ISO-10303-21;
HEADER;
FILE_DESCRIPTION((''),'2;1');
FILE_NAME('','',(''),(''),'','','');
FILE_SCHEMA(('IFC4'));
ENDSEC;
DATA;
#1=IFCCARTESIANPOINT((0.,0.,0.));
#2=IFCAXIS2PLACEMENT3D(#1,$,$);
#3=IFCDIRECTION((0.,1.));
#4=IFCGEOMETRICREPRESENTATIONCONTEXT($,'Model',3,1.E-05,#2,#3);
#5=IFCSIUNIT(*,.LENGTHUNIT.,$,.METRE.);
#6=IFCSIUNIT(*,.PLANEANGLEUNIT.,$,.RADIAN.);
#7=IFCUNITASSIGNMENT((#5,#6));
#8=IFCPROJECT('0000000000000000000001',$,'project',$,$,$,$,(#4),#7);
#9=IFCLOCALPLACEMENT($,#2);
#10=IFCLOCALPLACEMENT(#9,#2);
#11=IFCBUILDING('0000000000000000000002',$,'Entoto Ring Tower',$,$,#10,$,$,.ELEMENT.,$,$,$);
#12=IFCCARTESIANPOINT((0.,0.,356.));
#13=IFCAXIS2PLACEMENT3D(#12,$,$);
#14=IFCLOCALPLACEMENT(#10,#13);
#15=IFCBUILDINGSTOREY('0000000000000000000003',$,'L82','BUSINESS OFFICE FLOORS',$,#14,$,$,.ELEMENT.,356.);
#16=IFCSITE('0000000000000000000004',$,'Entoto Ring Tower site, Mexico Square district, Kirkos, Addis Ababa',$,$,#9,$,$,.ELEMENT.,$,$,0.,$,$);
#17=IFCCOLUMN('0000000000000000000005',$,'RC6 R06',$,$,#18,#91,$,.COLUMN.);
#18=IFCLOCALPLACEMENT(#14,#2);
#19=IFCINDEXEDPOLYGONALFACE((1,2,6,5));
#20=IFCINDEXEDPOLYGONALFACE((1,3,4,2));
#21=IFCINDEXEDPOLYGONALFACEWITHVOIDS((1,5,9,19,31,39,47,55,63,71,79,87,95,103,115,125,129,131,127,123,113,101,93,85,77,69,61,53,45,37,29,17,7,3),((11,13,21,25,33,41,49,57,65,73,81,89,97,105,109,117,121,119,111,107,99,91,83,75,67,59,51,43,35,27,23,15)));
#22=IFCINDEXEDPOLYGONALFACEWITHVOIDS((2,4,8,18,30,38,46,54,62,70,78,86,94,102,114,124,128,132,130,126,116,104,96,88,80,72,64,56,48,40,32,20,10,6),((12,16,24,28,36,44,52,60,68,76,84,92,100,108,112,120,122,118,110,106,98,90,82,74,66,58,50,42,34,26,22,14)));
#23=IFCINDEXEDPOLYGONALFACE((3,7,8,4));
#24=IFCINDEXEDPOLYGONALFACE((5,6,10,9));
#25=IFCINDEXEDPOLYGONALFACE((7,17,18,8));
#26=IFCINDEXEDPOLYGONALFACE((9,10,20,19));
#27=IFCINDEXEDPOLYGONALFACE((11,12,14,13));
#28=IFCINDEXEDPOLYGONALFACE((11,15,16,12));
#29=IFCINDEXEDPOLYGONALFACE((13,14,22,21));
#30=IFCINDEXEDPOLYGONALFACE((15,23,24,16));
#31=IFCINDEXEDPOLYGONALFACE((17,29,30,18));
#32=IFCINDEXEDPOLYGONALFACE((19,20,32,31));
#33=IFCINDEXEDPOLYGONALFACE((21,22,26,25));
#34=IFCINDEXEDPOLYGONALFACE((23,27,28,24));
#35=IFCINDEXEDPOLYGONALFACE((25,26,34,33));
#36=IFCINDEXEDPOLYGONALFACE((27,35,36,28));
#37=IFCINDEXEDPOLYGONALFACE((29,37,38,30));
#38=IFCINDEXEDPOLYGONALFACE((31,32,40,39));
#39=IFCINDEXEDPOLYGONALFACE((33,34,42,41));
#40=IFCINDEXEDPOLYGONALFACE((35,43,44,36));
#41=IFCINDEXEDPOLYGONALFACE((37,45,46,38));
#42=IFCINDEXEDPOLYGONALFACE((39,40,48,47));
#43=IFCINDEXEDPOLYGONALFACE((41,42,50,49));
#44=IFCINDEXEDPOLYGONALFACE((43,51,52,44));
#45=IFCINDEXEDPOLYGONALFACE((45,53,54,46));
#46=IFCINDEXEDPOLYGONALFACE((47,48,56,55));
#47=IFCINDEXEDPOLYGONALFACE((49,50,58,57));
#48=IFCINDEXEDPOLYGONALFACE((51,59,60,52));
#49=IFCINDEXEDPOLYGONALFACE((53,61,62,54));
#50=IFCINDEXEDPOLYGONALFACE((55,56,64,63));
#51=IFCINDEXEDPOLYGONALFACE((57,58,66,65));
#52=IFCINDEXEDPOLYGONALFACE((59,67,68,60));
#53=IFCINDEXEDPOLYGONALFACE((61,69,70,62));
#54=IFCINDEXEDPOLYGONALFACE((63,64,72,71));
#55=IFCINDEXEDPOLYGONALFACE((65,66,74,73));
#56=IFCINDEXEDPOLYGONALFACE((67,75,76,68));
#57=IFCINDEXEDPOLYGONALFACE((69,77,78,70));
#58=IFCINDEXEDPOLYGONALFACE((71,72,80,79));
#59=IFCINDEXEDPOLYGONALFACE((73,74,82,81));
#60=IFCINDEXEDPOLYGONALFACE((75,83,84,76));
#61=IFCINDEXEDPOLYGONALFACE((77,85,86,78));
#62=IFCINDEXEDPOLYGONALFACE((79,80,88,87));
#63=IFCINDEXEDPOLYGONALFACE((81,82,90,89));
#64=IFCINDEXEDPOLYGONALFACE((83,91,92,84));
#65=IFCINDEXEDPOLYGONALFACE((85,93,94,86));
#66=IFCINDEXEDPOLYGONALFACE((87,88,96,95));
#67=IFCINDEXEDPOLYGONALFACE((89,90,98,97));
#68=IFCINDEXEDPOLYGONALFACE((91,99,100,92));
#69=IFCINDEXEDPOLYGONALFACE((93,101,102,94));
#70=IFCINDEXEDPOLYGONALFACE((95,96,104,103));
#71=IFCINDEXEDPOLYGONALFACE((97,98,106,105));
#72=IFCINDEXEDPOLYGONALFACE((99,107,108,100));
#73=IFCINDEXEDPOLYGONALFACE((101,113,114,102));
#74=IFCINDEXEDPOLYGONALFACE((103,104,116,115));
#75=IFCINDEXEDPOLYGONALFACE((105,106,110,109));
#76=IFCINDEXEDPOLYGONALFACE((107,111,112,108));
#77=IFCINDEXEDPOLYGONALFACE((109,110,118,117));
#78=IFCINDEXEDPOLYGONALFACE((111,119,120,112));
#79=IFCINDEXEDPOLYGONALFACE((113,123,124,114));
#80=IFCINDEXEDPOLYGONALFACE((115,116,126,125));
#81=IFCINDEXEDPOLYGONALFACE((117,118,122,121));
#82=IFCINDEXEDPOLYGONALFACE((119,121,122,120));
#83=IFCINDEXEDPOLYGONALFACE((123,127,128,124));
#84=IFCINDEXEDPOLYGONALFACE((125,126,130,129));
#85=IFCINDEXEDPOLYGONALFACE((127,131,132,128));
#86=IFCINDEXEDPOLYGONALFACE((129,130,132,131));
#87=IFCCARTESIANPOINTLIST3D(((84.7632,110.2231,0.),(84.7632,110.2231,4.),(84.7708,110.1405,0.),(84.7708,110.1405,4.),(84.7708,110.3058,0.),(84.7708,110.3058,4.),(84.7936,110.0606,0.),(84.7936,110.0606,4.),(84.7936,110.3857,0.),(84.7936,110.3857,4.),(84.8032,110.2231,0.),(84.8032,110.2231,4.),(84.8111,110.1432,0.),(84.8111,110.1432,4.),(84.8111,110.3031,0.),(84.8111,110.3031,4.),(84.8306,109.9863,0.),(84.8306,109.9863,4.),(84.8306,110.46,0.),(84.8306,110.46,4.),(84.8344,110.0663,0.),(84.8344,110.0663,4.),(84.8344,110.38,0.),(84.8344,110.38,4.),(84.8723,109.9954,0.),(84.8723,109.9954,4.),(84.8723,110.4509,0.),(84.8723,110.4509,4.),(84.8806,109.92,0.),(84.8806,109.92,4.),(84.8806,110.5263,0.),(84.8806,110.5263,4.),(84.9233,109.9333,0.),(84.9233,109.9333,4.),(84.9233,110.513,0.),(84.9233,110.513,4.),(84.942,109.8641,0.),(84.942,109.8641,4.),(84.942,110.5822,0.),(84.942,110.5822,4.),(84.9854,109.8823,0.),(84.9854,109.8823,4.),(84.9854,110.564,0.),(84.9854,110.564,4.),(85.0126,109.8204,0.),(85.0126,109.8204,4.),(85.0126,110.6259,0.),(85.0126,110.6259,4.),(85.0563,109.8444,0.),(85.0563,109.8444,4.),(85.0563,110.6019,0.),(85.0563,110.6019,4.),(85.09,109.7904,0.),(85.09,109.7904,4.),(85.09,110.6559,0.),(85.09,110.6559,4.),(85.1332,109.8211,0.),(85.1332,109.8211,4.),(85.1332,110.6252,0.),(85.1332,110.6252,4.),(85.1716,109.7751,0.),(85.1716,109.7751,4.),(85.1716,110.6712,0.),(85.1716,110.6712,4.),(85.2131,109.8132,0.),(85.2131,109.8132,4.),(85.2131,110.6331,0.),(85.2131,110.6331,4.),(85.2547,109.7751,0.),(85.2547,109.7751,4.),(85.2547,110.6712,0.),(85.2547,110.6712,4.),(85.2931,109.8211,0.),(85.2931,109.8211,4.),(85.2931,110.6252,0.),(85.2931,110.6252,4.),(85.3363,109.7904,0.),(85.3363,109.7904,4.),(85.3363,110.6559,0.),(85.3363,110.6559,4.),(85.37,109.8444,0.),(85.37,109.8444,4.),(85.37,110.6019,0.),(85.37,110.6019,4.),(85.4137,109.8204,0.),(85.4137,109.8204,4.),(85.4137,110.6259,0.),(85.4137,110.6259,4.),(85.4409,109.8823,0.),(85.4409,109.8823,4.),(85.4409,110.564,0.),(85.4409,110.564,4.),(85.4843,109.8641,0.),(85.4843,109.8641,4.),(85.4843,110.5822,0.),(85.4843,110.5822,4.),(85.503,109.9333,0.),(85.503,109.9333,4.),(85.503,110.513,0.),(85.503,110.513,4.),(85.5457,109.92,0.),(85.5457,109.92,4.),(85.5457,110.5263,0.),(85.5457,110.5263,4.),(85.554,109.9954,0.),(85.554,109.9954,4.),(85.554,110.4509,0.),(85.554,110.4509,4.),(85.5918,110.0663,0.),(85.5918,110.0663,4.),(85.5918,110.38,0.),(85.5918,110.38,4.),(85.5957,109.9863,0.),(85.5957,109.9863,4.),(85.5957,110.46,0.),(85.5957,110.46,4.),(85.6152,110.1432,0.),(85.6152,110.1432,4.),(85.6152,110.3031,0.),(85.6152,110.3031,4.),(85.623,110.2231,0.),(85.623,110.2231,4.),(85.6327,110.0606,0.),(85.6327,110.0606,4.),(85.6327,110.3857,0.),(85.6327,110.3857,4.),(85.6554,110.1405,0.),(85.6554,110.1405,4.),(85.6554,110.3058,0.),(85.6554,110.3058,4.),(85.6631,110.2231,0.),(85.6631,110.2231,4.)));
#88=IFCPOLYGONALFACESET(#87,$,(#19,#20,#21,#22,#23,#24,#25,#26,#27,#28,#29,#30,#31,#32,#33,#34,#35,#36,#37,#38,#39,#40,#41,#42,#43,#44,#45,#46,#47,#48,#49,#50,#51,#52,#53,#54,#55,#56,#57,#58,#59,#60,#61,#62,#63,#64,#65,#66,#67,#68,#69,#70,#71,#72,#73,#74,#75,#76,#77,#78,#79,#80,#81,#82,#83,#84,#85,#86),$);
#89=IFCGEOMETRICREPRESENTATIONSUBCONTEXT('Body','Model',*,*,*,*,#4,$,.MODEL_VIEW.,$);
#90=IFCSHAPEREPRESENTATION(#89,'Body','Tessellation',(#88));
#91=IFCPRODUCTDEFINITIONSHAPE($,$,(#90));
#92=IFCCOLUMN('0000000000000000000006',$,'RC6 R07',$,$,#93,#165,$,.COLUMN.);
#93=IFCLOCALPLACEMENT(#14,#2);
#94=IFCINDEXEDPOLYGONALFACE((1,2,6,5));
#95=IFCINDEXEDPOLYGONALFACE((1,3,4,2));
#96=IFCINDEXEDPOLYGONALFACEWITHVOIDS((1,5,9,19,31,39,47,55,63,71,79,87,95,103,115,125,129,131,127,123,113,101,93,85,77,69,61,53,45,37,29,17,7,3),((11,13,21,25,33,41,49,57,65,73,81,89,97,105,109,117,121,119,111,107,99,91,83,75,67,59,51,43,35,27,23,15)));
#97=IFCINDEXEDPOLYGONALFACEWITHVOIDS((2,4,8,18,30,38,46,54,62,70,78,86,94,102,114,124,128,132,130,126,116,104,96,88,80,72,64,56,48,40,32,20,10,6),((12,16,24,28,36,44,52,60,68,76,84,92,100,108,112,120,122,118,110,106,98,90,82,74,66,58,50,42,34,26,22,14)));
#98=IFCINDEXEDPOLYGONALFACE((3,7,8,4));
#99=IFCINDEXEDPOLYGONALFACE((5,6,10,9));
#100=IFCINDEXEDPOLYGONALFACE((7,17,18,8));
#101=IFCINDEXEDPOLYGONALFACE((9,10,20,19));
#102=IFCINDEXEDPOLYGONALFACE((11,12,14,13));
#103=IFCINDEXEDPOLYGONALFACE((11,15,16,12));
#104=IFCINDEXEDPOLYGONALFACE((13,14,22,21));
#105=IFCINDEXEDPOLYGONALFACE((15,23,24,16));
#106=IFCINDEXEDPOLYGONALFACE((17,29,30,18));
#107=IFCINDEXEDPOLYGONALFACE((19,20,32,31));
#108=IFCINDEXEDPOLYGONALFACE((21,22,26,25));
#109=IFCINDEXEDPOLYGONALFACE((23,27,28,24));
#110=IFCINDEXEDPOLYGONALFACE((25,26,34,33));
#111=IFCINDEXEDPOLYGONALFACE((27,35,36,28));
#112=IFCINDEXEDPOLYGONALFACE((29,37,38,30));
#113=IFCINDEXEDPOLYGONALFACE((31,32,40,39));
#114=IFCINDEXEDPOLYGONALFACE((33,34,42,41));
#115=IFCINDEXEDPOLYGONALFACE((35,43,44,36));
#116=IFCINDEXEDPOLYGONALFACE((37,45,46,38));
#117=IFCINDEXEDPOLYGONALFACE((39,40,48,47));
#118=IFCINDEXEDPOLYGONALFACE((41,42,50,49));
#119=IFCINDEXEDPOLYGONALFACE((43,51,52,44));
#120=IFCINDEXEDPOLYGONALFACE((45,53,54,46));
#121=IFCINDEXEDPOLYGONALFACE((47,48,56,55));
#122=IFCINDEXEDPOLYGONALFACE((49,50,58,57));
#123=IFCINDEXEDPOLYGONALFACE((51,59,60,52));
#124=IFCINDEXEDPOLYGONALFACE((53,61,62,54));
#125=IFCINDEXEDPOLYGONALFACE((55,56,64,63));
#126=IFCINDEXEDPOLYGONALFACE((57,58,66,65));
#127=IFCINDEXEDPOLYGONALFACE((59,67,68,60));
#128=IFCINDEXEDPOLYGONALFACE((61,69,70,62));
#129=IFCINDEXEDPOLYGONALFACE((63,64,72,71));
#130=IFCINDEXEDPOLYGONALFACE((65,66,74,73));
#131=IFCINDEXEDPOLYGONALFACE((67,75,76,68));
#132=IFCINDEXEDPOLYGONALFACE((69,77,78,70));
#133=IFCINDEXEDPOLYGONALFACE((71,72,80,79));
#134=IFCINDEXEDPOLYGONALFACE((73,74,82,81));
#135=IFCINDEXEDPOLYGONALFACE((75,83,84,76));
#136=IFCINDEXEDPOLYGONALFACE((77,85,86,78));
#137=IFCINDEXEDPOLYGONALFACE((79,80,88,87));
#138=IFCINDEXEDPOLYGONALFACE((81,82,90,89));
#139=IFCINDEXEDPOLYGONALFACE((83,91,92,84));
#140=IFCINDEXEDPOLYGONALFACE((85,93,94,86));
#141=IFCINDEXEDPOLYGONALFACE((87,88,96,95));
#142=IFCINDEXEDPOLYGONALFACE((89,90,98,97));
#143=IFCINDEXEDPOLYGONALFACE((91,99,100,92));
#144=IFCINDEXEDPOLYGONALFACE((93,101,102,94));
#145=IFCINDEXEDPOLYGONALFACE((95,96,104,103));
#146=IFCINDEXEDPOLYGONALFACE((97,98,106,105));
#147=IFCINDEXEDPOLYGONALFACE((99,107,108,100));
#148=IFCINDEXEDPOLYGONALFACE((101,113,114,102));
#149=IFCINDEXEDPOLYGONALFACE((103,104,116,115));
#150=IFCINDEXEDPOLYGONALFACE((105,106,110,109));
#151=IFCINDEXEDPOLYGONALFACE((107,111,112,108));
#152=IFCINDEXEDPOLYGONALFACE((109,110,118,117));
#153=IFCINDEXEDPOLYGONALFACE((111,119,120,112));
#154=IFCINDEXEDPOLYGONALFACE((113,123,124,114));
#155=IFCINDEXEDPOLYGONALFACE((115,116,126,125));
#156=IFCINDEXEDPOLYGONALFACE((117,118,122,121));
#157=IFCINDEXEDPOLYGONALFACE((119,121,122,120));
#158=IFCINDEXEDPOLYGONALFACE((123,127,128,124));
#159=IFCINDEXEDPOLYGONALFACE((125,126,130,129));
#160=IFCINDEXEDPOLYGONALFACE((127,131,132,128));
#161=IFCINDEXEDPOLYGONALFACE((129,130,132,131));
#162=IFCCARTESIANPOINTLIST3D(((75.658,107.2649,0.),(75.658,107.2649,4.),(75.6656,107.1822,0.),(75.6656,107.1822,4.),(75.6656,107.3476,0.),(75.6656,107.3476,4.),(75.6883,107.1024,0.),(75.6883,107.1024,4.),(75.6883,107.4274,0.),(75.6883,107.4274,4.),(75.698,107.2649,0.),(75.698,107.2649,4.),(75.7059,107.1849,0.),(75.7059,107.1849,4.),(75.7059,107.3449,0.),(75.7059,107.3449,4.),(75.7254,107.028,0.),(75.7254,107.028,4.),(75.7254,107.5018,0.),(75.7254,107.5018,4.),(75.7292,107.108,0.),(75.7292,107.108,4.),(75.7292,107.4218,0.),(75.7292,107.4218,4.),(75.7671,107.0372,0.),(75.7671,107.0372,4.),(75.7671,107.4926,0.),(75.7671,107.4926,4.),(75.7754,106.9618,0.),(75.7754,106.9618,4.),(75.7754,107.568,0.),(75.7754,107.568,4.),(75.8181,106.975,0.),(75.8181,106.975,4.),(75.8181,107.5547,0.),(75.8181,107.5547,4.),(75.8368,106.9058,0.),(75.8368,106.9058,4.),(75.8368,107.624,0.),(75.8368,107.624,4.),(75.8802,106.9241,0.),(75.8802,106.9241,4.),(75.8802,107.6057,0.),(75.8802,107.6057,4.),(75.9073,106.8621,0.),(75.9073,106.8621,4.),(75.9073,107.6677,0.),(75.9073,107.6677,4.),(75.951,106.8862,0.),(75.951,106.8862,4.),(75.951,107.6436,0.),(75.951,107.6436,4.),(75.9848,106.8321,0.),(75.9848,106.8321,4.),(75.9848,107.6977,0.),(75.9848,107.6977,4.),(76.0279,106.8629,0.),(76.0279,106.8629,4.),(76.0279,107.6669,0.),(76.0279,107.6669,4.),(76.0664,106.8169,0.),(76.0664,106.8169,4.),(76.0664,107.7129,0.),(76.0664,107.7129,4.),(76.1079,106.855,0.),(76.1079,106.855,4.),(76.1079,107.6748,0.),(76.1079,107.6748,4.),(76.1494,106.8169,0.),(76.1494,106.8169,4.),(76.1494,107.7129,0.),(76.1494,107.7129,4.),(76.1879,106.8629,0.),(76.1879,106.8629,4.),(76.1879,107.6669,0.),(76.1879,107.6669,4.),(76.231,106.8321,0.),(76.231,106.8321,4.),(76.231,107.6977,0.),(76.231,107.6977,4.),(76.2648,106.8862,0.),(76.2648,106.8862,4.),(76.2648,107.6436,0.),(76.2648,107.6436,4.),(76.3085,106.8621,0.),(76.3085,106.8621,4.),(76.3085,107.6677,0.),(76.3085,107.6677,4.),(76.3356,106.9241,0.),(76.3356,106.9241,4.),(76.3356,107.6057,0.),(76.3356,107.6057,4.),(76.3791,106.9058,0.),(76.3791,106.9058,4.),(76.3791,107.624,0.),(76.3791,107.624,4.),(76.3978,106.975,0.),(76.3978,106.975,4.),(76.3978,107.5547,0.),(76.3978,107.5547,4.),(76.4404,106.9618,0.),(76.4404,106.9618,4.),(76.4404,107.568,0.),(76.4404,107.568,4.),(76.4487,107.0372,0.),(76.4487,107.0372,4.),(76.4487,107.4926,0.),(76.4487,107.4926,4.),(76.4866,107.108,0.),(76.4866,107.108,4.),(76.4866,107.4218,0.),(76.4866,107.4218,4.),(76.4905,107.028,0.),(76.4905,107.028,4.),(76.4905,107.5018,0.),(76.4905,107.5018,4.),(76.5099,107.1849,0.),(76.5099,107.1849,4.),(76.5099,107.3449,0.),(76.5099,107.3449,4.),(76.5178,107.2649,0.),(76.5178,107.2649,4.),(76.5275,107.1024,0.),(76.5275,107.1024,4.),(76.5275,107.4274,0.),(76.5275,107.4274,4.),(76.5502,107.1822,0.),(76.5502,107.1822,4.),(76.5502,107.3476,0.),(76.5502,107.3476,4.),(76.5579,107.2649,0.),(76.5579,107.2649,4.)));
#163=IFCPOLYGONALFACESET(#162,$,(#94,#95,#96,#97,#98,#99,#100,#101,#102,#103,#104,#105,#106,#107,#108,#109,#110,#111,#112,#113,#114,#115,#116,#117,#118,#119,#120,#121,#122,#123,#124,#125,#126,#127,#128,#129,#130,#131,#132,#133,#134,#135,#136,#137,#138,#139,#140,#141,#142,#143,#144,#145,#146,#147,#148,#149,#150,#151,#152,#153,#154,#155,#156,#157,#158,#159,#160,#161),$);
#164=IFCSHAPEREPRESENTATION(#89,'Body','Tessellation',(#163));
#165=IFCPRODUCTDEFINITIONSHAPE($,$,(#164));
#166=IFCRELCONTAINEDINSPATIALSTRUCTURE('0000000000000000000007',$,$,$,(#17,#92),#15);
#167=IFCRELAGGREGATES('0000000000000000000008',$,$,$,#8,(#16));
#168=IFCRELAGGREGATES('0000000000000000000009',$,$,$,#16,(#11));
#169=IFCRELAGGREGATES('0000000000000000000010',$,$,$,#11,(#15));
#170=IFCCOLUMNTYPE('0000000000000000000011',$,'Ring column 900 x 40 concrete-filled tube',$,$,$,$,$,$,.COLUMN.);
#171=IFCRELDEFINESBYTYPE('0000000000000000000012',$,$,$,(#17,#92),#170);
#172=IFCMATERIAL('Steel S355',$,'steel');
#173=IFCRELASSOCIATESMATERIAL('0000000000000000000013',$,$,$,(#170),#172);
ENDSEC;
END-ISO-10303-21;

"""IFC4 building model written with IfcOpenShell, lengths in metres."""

from ifc_helpers import new_model, si_unit, direction, frame, origin, origin_2d, place, context, subcontext, project, spatial, circle, hollow_circle, extrude, material, material_profile, profile_set, type_object, element, save


model = new_model("IFC4")

# Units and contexts
model_context = context("Model", 3, precision=1e-05, world=origin(), true_north=direction((0.0, 1.0)))
body_context = subcontext(model_context, "Body", "Model", "MODEL_VIEW")
ifc_project = project(units=[si_unit("LENGTHUNIT", "METRE"), si_unit("PLANEANGLEUNIT", "RADIAN")], contexts=[model_context])

# Site, building, storey
site_placement = place(None, origin())
site = spatial("IfcSite", under=ifc_project, at=site_placement, Name="Entoto Ring Tower site, Mexico Square district, Kirkos, Addis Ababa", CompositionType="ELEMENT", RefElevation=0.0)
building_placement = place(site_placement, origin())
building = spatial("IfcBuilding", under=site, at=building_placement, Name="Entoto Ring Tower", CompositionType="ELEMENT")
storey_placement = place(building_placement, frame((0.0, 0.0, 356.0)))
storey = spatial("IfcBuildingStorey", under=building, at=storey_placement, Name="L82", Description="BUSINESS OFFICE FLOORS", CompositionType="ELEMENT", Elevation=356.0)

# Columns
ifc_material_1 = material(Name="Steel S355", Category="steel")
ifc_material_profile_1 = material_profile(ifc_material_1, hollow_circle(Radius=0.45, WallThickness=0.04, at=origin_2d()), Name="CHS 900 x 40")
ifc_material_2 = material(Name="Concrete C60/75", Category="concrete")
ifc_material_profile_2 = material_profile(ifc_material_2, circle(Radius=0.4099, at=origin_2d()), Name="Concrete C60/75 infill")
ifc_profile_set_1 = profile_set([ifc_material_profile_1, ifc_material_profile_2], Name="Steel S355")
column_type = type_object("IfcColumnType", Name="Ring column 900 x 40 concrete-filled tube", PredefinedType="COLUMN", material=ifc_profile_set_1)
for number, where, z_axis, x_axis, name in (
    (1, (85.2131, 110.2231, 0.0), (0.0, 0.0, 1.0), (1.0, 0.0, 0.0), "RC6 R06"),
    (2, (76.1079, 107.2649, 0.0), (0.0, 0.0, 1.0), (1.0, 0.0, 0.0), "RC6 R07"),
):
    element("IfcColumn", number, at=place(storey_placement, frame(where, z_axis=z_axis, x_axis=x_axis)), inside=storey, type_object=column_type, Name=name, PredefinedType="COLUMN", context=body_context, shape_type="SweptSolid", body=[
        extrude(hollow_circle(Radius=0.45, WallThickness=0.04, at=origin_2d()), origin(), (0.0, 0.0, 1.0), 4.0),
    ])

save(model, "model.ifc")
